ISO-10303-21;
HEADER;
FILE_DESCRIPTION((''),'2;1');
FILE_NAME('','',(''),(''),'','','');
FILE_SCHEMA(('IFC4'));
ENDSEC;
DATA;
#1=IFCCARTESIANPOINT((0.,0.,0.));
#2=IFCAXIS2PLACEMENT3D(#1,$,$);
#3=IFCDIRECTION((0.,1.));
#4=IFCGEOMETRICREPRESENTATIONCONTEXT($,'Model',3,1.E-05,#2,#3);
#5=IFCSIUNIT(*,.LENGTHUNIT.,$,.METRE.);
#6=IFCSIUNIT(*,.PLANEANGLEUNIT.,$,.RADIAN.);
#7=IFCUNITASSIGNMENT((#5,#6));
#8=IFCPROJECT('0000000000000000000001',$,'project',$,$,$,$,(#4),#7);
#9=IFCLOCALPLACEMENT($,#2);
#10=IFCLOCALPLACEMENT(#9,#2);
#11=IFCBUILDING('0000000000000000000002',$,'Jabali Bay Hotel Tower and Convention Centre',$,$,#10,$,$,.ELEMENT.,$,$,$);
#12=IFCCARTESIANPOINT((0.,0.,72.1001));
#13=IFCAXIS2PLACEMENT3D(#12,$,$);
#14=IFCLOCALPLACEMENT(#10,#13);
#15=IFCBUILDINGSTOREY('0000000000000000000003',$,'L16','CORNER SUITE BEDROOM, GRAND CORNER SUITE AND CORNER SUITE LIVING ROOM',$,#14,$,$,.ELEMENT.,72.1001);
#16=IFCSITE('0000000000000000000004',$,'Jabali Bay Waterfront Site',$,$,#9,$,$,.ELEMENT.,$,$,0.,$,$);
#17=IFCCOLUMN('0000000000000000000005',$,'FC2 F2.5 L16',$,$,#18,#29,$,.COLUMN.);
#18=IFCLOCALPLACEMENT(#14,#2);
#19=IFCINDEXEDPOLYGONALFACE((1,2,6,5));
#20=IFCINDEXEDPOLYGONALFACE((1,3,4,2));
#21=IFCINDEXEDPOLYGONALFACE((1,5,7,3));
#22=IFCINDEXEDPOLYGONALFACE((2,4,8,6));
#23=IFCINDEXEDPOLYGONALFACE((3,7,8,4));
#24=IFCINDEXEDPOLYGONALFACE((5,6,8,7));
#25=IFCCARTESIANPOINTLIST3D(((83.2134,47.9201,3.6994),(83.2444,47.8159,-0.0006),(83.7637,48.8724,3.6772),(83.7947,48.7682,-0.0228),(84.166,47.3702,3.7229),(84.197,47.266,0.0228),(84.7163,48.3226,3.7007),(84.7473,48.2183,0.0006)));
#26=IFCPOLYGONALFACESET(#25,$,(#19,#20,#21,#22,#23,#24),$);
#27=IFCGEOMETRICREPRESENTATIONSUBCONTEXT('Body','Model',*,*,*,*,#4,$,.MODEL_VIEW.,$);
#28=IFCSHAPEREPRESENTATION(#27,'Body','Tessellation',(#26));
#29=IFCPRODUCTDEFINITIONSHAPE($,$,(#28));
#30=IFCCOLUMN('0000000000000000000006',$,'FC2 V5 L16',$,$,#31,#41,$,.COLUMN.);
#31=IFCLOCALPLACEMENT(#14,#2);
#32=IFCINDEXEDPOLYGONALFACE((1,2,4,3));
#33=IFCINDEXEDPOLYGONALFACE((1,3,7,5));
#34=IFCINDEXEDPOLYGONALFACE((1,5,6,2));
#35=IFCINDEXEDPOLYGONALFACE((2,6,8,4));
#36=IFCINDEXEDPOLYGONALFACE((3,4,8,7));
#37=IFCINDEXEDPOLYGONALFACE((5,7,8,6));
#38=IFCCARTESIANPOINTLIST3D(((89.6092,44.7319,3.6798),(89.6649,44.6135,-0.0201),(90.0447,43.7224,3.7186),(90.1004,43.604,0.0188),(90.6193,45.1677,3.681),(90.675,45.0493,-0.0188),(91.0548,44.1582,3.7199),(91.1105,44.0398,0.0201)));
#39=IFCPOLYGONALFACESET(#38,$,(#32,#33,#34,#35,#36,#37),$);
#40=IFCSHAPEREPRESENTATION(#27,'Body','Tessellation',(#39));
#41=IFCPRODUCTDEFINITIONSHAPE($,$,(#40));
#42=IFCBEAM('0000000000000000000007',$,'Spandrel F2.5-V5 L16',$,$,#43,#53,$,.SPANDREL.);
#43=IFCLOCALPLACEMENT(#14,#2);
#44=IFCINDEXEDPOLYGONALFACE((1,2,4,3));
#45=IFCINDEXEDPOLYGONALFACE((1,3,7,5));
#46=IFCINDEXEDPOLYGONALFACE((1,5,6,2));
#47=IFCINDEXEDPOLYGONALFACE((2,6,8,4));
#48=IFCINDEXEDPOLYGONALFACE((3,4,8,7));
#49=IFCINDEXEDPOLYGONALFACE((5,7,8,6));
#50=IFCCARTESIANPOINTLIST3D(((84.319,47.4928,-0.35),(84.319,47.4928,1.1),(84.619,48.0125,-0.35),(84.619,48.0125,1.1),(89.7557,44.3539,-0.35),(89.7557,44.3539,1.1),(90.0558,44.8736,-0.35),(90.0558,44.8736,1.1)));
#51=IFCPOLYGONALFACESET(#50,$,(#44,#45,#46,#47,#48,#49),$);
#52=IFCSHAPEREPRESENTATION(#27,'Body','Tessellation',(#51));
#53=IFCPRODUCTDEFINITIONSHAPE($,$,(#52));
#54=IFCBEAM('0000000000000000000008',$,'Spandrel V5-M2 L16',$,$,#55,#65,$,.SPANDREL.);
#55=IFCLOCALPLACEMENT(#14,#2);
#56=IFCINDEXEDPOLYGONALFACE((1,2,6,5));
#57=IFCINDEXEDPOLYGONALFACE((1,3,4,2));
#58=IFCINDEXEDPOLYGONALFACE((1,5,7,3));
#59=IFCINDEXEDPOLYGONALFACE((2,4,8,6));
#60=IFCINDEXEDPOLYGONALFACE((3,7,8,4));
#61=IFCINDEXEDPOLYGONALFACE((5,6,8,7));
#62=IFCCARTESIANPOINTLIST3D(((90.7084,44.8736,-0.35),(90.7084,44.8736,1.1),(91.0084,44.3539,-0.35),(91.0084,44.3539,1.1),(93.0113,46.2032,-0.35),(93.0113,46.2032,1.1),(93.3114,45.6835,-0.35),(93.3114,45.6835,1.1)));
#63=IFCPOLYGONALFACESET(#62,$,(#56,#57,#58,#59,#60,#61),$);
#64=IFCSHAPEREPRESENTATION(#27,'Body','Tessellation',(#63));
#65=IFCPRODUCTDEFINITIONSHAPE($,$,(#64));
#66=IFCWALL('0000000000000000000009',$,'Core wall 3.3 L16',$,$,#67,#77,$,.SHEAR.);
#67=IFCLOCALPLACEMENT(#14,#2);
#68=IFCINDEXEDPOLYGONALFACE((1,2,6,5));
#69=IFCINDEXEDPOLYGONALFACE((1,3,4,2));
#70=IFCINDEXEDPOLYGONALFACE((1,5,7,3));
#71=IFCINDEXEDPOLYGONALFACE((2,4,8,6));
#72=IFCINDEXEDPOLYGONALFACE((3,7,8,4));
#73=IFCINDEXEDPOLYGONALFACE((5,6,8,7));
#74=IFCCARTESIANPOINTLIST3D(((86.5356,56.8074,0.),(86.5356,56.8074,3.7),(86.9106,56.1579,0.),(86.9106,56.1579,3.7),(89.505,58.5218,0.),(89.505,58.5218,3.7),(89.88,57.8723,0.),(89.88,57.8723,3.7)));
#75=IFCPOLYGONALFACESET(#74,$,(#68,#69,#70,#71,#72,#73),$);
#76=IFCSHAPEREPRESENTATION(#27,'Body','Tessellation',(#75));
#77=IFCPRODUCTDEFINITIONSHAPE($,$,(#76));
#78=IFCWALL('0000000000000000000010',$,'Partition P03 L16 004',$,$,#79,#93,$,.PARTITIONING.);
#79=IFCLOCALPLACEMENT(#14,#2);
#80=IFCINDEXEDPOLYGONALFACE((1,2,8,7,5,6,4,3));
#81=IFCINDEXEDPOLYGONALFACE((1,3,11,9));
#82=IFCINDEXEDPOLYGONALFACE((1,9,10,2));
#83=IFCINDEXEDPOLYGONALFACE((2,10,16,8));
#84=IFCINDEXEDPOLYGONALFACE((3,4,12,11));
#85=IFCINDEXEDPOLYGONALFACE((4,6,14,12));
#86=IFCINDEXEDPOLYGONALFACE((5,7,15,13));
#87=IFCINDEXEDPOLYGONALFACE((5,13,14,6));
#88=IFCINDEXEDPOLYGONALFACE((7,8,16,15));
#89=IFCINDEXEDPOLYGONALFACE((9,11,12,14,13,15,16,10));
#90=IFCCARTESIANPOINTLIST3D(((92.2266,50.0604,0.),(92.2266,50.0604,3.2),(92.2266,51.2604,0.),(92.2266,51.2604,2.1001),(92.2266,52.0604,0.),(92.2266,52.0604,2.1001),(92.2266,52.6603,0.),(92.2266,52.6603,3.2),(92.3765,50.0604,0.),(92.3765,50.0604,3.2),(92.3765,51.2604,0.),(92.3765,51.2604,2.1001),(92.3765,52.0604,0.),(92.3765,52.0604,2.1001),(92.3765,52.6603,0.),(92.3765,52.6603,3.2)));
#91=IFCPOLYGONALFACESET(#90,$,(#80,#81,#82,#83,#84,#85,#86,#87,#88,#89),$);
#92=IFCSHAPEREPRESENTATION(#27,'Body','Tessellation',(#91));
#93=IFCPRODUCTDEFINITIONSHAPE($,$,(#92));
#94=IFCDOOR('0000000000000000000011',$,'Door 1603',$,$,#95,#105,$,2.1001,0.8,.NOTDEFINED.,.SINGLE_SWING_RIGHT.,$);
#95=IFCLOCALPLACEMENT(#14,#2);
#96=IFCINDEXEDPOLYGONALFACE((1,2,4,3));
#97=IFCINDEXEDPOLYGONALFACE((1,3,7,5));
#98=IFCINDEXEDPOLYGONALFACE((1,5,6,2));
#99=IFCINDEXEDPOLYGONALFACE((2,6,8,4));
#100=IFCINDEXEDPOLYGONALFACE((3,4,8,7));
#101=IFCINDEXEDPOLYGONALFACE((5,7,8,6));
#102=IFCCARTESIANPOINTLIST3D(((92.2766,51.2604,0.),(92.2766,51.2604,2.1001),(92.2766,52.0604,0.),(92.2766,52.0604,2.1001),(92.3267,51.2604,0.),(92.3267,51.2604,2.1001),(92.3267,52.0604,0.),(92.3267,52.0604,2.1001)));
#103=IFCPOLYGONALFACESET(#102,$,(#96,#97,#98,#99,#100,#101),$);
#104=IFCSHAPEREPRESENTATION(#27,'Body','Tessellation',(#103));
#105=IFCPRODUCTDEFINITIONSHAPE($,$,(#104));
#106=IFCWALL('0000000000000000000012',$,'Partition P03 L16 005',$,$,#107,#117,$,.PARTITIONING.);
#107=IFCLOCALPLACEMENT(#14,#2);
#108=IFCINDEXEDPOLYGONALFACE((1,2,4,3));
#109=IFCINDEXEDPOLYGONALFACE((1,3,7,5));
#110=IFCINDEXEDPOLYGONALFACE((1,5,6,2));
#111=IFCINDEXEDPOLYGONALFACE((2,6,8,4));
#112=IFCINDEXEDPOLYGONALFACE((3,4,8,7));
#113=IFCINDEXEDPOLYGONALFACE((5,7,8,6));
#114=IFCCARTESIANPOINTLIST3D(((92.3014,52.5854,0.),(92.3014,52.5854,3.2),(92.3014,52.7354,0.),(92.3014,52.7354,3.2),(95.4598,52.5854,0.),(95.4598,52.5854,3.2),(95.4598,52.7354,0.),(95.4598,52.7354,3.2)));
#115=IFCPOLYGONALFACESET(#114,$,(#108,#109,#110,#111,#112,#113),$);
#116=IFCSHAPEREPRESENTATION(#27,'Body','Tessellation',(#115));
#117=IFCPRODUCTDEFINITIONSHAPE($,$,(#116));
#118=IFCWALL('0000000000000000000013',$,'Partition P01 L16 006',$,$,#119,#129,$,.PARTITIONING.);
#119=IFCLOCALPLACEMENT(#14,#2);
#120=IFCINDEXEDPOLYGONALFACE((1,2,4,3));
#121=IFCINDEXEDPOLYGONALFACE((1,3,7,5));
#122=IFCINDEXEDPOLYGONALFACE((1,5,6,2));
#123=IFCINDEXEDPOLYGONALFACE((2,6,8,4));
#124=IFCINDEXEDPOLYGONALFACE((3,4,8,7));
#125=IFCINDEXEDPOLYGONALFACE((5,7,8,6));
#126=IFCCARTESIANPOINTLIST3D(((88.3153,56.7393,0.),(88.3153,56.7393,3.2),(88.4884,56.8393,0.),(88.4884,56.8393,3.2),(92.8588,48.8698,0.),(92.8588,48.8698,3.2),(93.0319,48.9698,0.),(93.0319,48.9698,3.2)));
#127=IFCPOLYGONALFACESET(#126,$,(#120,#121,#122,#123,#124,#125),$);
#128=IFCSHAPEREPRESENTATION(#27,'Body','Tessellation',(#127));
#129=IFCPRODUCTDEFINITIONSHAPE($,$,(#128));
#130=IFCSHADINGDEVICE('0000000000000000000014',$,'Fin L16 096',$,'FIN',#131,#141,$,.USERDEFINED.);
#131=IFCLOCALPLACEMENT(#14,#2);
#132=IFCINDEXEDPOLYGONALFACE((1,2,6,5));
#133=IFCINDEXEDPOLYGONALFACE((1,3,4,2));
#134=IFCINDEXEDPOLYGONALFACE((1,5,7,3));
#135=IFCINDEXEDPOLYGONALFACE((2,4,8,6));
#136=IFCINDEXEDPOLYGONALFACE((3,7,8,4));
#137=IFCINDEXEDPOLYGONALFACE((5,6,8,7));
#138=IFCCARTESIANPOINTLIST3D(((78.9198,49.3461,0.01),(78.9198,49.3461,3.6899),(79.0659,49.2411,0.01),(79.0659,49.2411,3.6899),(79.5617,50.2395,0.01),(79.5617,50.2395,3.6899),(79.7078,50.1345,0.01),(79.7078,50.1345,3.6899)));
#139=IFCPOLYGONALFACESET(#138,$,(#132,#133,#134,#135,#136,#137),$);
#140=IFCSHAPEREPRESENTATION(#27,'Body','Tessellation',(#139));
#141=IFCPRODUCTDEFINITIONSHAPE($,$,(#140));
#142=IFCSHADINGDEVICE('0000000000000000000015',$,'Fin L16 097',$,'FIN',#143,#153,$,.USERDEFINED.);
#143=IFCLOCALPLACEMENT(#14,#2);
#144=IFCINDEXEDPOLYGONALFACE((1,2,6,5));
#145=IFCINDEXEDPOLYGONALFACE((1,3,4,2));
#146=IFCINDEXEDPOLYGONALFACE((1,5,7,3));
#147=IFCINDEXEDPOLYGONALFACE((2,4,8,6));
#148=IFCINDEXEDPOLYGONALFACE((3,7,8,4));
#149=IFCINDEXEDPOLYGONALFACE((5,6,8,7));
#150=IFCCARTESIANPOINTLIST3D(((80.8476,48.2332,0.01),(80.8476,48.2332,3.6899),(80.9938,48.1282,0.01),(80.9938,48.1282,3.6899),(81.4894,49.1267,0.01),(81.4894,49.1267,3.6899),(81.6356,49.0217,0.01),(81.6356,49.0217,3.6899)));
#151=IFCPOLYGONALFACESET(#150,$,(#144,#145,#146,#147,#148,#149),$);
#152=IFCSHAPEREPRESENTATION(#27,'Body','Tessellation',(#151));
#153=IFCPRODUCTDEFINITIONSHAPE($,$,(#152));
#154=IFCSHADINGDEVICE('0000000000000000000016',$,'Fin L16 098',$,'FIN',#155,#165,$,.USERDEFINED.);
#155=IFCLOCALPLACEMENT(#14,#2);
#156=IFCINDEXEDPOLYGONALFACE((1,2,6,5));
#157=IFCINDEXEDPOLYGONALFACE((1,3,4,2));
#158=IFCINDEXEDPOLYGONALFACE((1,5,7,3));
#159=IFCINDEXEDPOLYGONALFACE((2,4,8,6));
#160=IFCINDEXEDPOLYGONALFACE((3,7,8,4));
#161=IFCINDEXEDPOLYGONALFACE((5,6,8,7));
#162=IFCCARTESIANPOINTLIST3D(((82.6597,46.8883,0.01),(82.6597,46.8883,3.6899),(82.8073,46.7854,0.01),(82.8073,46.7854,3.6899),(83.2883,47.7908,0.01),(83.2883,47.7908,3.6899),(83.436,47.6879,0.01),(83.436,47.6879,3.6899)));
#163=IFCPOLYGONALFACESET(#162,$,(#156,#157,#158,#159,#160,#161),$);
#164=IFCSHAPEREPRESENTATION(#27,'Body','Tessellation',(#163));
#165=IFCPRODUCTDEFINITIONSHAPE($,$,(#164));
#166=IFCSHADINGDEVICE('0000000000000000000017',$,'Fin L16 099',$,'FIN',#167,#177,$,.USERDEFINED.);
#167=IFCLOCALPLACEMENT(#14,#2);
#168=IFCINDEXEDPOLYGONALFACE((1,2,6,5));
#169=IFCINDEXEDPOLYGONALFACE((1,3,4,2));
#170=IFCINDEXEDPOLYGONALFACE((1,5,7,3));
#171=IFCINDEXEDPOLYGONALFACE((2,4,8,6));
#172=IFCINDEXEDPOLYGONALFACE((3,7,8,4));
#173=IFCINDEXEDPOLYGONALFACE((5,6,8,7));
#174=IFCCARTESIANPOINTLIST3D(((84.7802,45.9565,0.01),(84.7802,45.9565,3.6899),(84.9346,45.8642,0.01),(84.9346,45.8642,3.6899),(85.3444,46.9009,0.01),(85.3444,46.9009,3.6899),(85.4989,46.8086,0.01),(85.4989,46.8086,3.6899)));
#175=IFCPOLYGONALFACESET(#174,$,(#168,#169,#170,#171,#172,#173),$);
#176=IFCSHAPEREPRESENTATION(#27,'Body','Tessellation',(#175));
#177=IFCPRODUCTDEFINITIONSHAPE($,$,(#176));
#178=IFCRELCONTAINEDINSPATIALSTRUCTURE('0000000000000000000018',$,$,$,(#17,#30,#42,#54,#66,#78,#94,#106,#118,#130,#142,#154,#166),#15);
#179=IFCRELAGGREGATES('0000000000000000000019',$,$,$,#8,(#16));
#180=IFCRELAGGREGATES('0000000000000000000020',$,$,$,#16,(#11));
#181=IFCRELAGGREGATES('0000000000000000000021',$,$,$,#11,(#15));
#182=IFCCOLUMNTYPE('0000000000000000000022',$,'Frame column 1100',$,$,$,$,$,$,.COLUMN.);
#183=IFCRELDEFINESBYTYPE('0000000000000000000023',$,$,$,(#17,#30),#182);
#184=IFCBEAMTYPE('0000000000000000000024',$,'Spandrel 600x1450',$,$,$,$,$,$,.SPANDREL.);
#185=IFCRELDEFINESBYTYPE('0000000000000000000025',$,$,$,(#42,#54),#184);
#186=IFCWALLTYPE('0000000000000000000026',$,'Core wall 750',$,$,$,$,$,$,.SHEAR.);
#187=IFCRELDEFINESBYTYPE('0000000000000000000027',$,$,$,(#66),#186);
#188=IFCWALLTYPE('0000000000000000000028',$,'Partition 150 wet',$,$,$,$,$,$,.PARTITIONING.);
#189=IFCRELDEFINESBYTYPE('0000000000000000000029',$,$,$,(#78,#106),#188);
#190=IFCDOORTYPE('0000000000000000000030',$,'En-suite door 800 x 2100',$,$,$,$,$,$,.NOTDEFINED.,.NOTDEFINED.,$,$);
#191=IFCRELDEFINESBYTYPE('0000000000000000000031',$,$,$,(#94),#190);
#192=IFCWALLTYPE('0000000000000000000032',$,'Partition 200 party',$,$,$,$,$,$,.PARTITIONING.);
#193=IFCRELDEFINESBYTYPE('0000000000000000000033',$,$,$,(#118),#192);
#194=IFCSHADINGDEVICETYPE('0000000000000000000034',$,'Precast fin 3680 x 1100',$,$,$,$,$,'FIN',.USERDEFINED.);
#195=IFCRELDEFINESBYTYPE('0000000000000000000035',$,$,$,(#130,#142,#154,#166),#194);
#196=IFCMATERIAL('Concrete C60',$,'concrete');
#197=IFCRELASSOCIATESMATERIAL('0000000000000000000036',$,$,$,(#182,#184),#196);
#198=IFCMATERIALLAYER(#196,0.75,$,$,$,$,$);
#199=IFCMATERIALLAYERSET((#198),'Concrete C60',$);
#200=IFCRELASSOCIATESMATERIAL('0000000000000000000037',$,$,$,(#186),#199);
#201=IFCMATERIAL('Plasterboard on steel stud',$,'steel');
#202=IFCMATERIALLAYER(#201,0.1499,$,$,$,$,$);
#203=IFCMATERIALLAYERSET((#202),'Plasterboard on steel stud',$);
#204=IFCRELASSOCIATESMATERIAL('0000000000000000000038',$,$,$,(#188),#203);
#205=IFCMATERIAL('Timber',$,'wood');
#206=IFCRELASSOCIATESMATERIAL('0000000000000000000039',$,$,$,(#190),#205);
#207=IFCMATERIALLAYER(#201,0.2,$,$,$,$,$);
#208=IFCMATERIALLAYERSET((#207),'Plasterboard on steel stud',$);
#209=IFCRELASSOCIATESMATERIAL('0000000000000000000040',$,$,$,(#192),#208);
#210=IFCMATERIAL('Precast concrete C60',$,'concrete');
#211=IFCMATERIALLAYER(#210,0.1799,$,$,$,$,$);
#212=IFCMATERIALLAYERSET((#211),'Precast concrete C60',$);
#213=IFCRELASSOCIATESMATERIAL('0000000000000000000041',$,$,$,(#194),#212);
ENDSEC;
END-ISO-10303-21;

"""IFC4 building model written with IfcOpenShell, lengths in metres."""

from ifc_helpers import new_model, si_unit, direction, frame, frame_2d, origin, origin_2d, place, context, subcontext, project, spatial, rectangle, extrude, material, layer, layer_set, material_profile, profile_set, type_object, element, fill, save


model = new_model("IFC4")

# Units and contexts
model_context = context("Model", 3, precision=1e-05, world=origin(), true_north=direction((0.0, 1.0)))
body_context = subcontext(model_context, "Body", "Model", "MODEL_VIEW")
ifc_project = project(units=[si_unit("LENGTHUNIT", "METRE"), si_unit("PLANEANGLEUNIT", "RADIAN")], contexts=[model_context])

# Site, building, storey
site_placement = place(None, origin())
site = spatial("IfcSite", under=ifc_project, at=site_placement, Name="Jabali Bay Waterfront Site", CompositionType="ELEMENT", RefElevation=0.0)
building_placement = place(site_placement, origin())
building = spatial("IfcBuilding", under=site, at=building_placement, Name="Jabali Bay Hotel Tower and Convention Centre", CompositionType="ELEMENT")
storey_placement = place(building_placement, frame((0.0, 0.0, 72.1001)))
storey = spatial("IfcBuildingStorey", under=building, at=storey_placement, Name="L16", Description="CORNER SUITE BEDROOM, GRAND CORNER SUITE AND CORNER SUITE LIVING ROOM", CompositionType="ELEMENT", Elevation=72.1001)

# Columns
ifc_material_1 = material(Name="Concrete C60", Category="concrete")
ifc_material_profile_1 = material_profile(ifc_material_1, rectangle(XDim=1.1001, YDim=1.1001, at=origin_2d()), Name="Frame column 1100")
ifc_profile_set_1 = profile_set([ifc_material_profile_1], Name="Concrete C60")
column_type = type_object("IfcColumnType", Name="Frame column 1100", PredefinedType="COLUMN", material=ifc_profile_set_1)
column_1_placement = place(storey_placement, frame((83.9958, 48.0171, 0.0), z_axis=(-0.008376, 0.028163, 0.999568), x_axis=(-0.500228, -0.865658, 0.020198)))
element("IfcColumn", 1, at=column_1_placement, inside=storey, type_object=column_type, Name="FC2 F2.5 L16", PredefinedType="COLUMN", context=body_context, shape_type="SweptSolid", body=[
    extrude(rectangle(XDim=1.1001, YDim=1.1001, at=origin_2d()), origin(), (0.0, 0.0, 1.0), 3.7017),
])
column_2_placement = place(storey_placement, frame((90.3877, 44.3267, 0.0), z_axis=(-0.015035, 0.031983, 0.999375), x_axis=(0.395882, -0.917622, 0.035322)))
element("IfcColumn", 2, at=column_2_placement, inside=storey, type_object=column_type, Name="FC2 V5 L16", PredefinedType="COLUMN", context=body_context, shape_type="SweptSolid", body=[
    extrude(rectangle(XDim=1.1001, YDim=1.1001, at=origin_2d()), origin(), (0.0, 0.0, 1.0), 3.7021),
])

# Beams
ifc_material_profile_2 = material_profile(ifc_material_1, rectangle(XDim=0.6001, YDim=1.45, at=origin_2d()), Name="Spandrel 600x1450")
ifc_profile_set_2 = profile_set([ifc_material_profile_2], Name="Concrete C60")
beam_type = type_object("IfcBeamType", Name="Spandrel 600x1450", PredefinedType="SPANDREL", material=ifc_profile_set_2)
beam_1_placement = place(storey_placement, frame((84.469, 47.7527, 0.375), z_axis=(0.866026, -0.5, 0.0), x_axis=(0.5, 0.866026, 0.0)))
element("IfcBeam", 3, at=beam_1_placement, inside=storey, type_object=beam_type, Name="Spandrel F2.5-V5 L16", PredefinedType="SPANDREL", context=body_context, shape_type="SweptSolid", body=[
    extrude(rectangle(XDim=0.6001, YDim=1.45, at=origin_2d()), origin(), (0.0, 0.0, 1.0), 6.2778),
])
beam_2_placement = place(storey_placement, frame((90.8584, 44.6138, 0.375), z_axis=(0.866031, 0.49999, 0.0), x_axis=(-0.49999, 0.866031, 0.0)))
element("IfcBeam", 4, at=beam_2_placement, inside=storey, type_object=beam_type, Name="Spandrel V5-M2 L16", PredefinedType="SPANDREL", context=body_context, shape_type="SweptSolid", body=[
    extrude(rectangle(XDim=0.6001, YDim=1.45, at=origin_2d()), origin(), (0.0, 0.0, 1.0), 2.6592),
])

# Wall
ifc_layer_1 = layer(ifc_material_1, 0.75)
ifc_layer_set_1 = layer_set([ifc_layer_1], Name="Concrete C60")
wall_type_1 = type_object("IfcWallType", Name="Core wall 750", PredefinedType="SHEAR", material=ifc_layer_set_1)
wall_1_placement = place(storey_placement, frame((86.7231, 56.4827, 0.0), z_axis=(0.0, 0.0, 1.0), x_axis=(0.866017, 0.500014, 0.0)))
element("IfcWall", 5, at=wall_1_placement, inside=storey, type_object=wall_type_1, Name="Core wall 3.3 L16", PredefinedType="SHEAR", context=body_context, shape_type="SweptSolid", body=[
    extrude(rectangle(XDim=3.4287, YDim=0.75, at=frame_2d((1.7144, 0.0))), origin(), (0.0, 0.0, 1.0), 3.7),
])

# Wall, opening, door
ifc_material_2 = material(Name="Plasterboard on steel stud", Category="steel")
ifc_layer_2 = layer(ifc_material_2, 0.1499)
ifc_layer_set_2 = layer_set([ifc_layer_2], Name="Plasterboard on steel stud")
wall_type_2 = type_object("IfcWallType", Name="Partition 150 wet", PredefinedType="PARTITIONING", material=ifc_layer_set_2)
wall_2_placement = place(storey_placement, frame((92.3015, 50.0605, 0.0), z_axis=(0.0, 0.0, 1.0), x_axis=(0.0, 1.0, 0.0)))
wall_2 = element("IfcWall", 6, at=wall_2_placement, inside=storey, type_object=wall_type_2, Name="Partition P03 L16 004", PredefinedType="PARTITIONING", context=body_context, shape_type="SweptSolid", body=[
    extrude(rectangle(XDim=2.5999, YDim=0.1499, at=frame_2d((1.2998, 0.0))), origin(), (0.0, 0.0, 1.0), 3.2),
])
opening_1_placement = place(wall_2_placement, frame((1.2, 0.0, 0.0)))
opening_1 = element("IfcOpeningElement", 7, at=opening_1_placement, cuts=wall_2, PredefinedType="OPENING", context=body_context, shape_type="SweptSolid", body=[
    extrude(rectangle(XDim=0.8, YDim=2.1001, at=frame_2d((0.3999, 1.05))), frame((0.0, 0.0854, 0.0), z_axis=(0.0, -1.0, 0.0), x_axis=(1.0, 0.0, 0.0)), (0.0, 0.0, 1.0), 0.1709),
])
ifc_material_3 = material(Name="Timber", Category="wood")
door_type_1 = type_object("IfcDoorType", Name="En-suite door 800 x 2100", OperationType="NOTDEFINED", PredefinedType="NOTDEFINED", material=ifc_material_3)
door_1_placement = place(opening_1_placement, origin())
door_1 = element("IfcDoor", 8, at=door_1_placement, inside=storey, type_object=door_type_1, Name="Door 1603", OperationType="SINGLE_SWING_RIGHT", OverallHeight=2.1001, OverallWidth=0.8, PredefinedType="NOTDEFINED", context=body_context, shape_type="SweptSolid", body=[
    extrude(rectangle(XDim=0.8, YDim=2.1001, at=frame_2d((0.3999, 1.05))), frame((0.0, 0.0249, 0.0), z_axis=(0.0, -1.0, 0.0), x_axis=(1.0, 0.0, 0.0)), (0.0, 0.0, 1.0), 0.05),
])
fill(opening_1, door_1)

# Walls
wall_3_placement = place(storey_placement, frame((92.3015, 52.6604, 0.0), z_axis=(0.0, 0.0, 1.0), x_axis=(1.0, 0.0, 0.0)))
element("IfcWall", 9, at=wall_3_placement, inside=storey, type_object=wall_type_2, Name="Partition P03 L16 005", PredefinedType="PARTITIONING", context=body_context, shape_type="SweptSolid", body=[
    extrude(rectangle(XDim=3.1584, YDim=0.1499, at=frame_2d((1.5791, 0.0))), origin(), (0.0, 0.0, 1.0), 3.2),
])
ifc_layer_3 = layer(ifc_material_2, 0.2)
ifc_layer_set_3 = layer_set([ifc_layer_3], Name="Plasterboard on steel stud")
wall_type_3 = type_object("IfcWallType", Name="Partition 200 party", PredefinedType="PARTITIONING", material=ifc_layer_set_3)
wall_4_placement = place(storey_placement, frame((88.4019, 56.7893, 0.0), z_axis=(0.0, 0.0, 1.0), x_axis=(0.500005, -0.866022, 0.0)))
element("IfcWall", 10, at=wall_4_placement, inside=storey, type_object=wall_type_3, Name="Partition P01 L16 006", PredefinedType="PARTITIONING", context=body_context, shape_type="SweptSolid", body=[
    extrude(rectangle(XDim=9.0869, YDim=0.2, at=frame_2d((4.5435, 0.0))), origin(), (0.0, 0.0, 1.0), 3.2),
])

# Shading devices
ifc_material_4 = material(Name="Precast concrete C60", Category="concrete")
ifc_layer_4 = layer(ifc_material_4, 0.1799)
ifc_layer_set_4 = layer_set([ifc_layer_4], Name="Precast concrete C60")
shading_device_type_1 = type_object("IfcShadingDeviceType", Name="Precast fin 3680 x 1100", ElementType="FIN", PredefinedType="USERDEFINED", material=ifc_layer_set_4)
for number, where, z_axis, x_axis, name in (
    (11, (79.6348, 50.187, 0.01), (0.0, 0.0, 1.0), (-0.583503, -0.812111, 0.0), "Fin L16 096"),
    (12, (81.5625, 49.0742, 0.01), (0.0, 0.0, 1.0), (-0.583398, -0.812186, 0.0), "Fin L16 097"),
):
    element("IfcShadingDevice", number, at=place(storey_placement, frame(where, z_axis=z_axis, x_axis=x_axis)), inside=storey, type_object=shading_device_type_1, Name=name, ObjectType="FIN", PredefinedType="USERDEFINED", context=body_context, shape_type="SweptSolid", body=[
        extrude(rectangle(XDim=1.1001, YDim=0.1799, at=frame_2d((0.55, 0.0))), origin(), (0.0, 0.0, 1.0), 3.6799),
    ])
shading_device_1_placement = place(storey_placement, frame((83.3621, 47.7393, 0.01), z_axis=(0.0, 0.0, 1.0), x_axis=(-0.571539, -0.820575, 0.0)))
element("IfcShadingDevice", 13, at=shading_device_1_placement, inside=storey, type_object=shading_device_type_1, Name="Fin L16 098", ObjectType="FIN", PredefinedType="USERDEFINED", context=body_context, shape_type="SweptSolid", body=[
    extrude(rectangle(XDim=1.0999, YDim=0.1799, at=frame_2d((0.5498, 0.0))), origin(), (0.0, 0.0, 1.0), 3.6799),
])
for number, where, z_axis, x_axis, name in (
    (14, (85.4216, 46.8547, 0.01), (0.0, 0.0, 1.0), (-0.512896, -0.858451, 0.0), "Fin L16 099"),
):
    element("IfcShadingDevice", number, at=place(storey_placement, frame(where, z_axis=z_axis, x_axis=x_axis)), inside=storey, type_object=shading_device_type_1, Name=name, ObjectType="FIN", PredefinedType="USERDEFINED", context=body_context, shape_type="SweptSolid", body=[
        extrude(rectangle(XDim=1.1001, YDim=0.1799, at=frame_2d((0.55, 0.0))), origin(), (0.0, 0.0, 1.0), 3.6799),
    ])

save(model, "model.ifc")
